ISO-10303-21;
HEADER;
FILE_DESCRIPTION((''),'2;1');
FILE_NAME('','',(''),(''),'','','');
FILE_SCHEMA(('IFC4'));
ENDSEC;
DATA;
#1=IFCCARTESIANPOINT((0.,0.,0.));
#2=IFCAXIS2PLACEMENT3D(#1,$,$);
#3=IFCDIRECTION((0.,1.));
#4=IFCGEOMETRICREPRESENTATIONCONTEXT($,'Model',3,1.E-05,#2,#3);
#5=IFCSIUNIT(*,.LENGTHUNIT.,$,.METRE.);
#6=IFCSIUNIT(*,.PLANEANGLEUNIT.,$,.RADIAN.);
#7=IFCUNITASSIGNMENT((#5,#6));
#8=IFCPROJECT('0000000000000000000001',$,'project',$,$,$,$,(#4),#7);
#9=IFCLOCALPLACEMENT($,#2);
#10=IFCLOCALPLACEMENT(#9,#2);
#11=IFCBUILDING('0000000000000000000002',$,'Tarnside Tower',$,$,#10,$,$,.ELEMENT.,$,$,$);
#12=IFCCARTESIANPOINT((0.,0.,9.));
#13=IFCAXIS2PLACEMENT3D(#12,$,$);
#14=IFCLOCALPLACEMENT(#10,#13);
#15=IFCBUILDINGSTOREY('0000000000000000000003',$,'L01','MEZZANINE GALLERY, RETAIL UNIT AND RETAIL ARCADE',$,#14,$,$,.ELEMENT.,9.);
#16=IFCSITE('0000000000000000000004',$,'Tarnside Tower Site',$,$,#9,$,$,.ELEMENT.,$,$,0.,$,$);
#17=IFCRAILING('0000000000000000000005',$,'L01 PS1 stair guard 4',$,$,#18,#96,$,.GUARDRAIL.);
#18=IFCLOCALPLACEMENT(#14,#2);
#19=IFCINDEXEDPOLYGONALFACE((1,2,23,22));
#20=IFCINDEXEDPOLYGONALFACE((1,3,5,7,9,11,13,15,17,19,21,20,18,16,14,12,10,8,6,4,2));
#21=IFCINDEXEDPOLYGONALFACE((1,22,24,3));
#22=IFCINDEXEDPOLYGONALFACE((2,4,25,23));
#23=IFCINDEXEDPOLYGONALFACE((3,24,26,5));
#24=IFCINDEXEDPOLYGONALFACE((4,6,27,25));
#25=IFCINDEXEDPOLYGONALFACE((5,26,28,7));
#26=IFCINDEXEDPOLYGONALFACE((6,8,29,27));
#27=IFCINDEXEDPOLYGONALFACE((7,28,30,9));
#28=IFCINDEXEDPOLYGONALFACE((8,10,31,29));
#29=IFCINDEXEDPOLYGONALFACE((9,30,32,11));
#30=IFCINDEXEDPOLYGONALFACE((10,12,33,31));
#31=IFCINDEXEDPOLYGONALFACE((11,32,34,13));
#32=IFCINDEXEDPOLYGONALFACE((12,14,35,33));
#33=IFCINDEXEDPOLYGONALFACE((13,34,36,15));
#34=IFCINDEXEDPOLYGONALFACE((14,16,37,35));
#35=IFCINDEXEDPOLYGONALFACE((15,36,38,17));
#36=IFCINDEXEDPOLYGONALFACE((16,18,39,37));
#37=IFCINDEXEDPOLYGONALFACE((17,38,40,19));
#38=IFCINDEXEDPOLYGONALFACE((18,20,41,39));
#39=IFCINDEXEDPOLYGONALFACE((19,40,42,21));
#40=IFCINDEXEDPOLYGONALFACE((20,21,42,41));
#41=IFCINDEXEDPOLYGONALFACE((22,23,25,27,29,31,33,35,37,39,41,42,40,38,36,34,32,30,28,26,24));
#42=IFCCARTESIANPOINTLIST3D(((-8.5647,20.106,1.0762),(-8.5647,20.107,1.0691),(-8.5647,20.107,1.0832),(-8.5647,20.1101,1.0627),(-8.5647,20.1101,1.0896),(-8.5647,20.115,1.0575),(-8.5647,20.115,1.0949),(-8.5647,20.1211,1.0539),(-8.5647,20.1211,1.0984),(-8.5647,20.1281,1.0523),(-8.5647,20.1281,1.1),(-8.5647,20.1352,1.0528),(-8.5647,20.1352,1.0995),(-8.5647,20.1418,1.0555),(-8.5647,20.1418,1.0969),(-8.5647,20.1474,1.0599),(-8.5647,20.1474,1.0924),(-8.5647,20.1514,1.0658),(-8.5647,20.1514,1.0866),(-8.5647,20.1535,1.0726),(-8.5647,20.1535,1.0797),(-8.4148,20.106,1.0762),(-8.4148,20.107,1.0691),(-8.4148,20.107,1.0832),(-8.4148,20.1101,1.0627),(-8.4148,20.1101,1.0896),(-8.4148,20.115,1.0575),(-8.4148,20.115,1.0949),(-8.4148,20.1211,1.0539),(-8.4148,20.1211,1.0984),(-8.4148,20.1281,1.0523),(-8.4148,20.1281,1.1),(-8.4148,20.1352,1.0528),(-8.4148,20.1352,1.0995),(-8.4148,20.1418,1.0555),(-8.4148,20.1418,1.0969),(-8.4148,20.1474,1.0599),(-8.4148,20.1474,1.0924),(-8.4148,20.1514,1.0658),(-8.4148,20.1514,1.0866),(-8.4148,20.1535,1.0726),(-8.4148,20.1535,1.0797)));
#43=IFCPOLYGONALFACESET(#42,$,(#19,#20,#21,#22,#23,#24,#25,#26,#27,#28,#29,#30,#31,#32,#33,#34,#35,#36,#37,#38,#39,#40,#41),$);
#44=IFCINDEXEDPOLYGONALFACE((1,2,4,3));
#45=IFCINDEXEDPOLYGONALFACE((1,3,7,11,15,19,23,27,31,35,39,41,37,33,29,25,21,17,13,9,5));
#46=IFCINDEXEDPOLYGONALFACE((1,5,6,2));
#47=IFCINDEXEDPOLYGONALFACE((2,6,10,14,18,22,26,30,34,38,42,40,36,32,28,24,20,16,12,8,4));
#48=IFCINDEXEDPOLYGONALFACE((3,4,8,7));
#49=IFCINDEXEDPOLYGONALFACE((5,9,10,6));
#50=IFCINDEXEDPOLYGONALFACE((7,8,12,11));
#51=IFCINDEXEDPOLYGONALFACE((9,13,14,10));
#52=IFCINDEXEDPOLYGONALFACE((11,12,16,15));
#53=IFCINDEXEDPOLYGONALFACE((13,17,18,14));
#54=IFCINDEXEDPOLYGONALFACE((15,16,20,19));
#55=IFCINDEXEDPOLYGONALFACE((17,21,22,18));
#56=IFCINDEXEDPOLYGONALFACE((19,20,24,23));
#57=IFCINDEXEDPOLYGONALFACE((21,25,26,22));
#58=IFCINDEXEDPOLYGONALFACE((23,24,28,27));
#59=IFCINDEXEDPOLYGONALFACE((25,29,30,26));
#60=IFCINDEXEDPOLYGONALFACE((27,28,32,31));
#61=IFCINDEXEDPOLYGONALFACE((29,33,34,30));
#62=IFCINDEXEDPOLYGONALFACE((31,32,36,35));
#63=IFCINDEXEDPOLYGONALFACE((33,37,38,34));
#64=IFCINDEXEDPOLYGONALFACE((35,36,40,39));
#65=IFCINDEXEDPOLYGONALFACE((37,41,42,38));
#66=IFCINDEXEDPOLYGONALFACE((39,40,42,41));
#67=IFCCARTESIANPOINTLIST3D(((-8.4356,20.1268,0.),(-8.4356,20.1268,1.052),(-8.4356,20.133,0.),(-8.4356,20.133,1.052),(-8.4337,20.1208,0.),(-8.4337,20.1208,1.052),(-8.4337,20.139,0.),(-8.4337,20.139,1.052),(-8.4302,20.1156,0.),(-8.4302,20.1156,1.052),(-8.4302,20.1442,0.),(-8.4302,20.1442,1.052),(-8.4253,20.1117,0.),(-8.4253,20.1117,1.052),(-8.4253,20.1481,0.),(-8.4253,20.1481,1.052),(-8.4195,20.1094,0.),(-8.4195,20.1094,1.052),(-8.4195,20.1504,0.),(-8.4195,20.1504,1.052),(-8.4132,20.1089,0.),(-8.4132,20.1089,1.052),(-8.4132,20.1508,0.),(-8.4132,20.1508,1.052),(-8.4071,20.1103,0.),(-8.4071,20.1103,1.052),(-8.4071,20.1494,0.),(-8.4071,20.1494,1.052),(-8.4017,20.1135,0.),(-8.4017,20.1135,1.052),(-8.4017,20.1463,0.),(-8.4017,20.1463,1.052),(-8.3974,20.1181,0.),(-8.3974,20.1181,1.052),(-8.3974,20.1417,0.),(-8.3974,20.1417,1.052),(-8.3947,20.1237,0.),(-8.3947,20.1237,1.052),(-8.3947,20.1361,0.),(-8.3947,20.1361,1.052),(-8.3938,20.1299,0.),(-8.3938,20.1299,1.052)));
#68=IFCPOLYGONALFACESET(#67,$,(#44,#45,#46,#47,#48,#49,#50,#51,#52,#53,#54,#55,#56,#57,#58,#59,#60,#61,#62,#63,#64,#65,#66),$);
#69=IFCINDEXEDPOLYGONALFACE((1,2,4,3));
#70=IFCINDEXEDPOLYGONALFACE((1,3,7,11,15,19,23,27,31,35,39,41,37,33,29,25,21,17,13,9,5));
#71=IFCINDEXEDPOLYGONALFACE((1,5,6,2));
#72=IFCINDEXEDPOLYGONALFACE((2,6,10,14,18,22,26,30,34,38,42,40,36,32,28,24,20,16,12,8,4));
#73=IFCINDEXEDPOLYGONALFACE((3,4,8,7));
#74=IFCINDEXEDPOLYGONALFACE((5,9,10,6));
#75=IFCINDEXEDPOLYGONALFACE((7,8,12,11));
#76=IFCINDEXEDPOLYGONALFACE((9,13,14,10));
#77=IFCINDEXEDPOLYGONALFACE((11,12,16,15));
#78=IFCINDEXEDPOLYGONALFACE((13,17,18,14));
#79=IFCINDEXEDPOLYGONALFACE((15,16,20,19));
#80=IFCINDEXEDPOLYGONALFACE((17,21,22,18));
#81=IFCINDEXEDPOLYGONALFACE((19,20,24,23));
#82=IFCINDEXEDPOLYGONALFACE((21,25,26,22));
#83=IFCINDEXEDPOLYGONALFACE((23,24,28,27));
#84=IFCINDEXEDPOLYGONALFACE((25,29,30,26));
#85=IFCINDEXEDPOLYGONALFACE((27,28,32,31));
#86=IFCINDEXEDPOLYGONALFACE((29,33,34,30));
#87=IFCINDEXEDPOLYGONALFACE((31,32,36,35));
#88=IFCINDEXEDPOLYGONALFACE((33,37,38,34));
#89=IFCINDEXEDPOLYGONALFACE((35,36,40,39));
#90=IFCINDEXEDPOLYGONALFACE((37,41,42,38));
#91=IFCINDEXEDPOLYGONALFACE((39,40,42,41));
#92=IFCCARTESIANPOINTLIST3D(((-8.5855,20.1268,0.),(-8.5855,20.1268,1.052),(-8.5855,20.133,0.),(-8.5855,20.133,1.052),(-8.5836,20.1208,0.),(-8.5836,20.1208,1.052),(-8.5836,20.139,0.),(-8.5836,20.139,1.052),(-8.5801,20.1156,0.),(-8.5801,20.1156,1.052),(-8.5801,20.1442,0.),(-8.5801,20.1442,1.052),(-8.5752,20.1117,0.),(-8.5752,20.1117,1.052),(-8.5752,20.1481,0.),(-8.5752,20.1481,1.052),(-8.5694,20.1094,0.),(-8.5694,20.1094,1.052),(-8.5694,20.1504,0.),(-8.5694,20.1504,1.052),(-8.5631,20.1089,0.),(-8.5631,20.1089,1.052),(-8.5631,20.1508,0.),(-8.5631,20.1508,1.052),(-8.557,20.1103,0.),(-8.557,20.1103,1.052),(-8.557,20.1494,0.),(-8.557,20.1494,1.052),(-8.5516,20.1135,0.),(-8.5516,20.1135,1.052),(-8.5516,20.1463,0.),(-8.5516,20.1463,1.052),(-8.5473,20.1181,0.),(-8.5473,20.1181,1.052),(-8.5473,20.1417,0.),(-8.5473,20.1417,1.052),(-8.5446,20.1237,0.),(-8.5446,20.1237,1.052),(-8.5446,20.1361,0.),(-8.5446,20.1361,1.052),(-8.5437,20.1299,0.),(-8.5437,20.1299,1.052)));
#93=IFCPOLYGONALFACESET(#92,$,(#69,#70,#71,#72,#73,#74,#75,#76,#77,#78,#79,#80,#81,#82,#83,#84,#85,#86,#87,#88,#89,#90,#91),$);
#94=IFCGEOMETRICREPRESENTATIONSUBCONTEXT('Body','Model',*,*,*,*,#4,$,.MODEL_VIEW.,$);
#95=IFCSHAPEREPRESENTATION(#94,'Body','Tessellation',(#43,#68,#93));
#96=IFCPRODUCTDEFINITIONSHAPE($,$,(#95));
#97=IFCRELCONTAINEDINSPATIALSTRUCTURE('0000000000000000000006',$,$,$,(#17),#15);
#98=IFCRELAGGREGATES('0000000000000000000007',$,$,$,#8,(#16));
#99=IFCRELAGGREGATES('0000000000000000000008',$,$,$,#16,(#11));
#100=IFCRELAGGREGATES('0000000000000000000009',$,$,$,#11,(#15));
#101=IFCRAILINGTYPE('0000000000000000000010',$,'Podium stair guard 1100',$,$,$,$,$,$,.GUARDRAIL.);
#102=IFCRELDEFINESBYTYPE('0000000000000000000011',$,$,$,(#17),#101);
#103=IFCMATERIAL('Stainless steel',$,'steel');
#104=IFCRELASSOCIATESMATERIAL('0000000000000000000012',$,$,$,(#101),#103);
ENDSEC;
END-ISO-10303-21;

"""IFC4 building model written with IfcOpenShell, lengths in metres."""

from ifc_helpers import new_model, si_unit, direction, frame, origin, origin_2d, place, context, subcontext, project, spatial, circle, extrude, material, type_object, element, save


model = new_model("IFC4")

# Units and contexts
model_context = context("Model", 3, precision=1e-05, world=origin(), true_north=direction((0.0, 1.0)))
body_context = subcontext(model_context, "Body", "Model", "MODEL_VIEW")
ifc_project = project(units=[si_unit("LENGTHUNIT", "METRE"), si_unit("PLANEANGLEUNIT", "RADIAN")], contexts=[model_context])

# Site, building, storey
site_placement = place(None, origin())
site = spatial("IfcSite", under=ifc_project, at=site_placement, Name="Tarnside Tower Site", CompositionType="ELEMENT", RefElevation=0.0)
building_placement = place(site_placement, origin())
building = spatial("IfcBuilding", under=site, at=building_placement, Name="Tarnside Tower", CompositionType="ELEMENT")
storey_placement = place(building_placement, frame((0.0, 0.0, 9.0)))
storey = spatial("IfcBuildingStorey", under=building, at=storey_placement, Name="L01", Description="MEZZANINE GALLERY, RETAIL UNIT AND RETAIL ARCADE", CompositionType="ELEMENT", Elevation=9.0)

# Railing
ifc_material_1 = material(Name="Stainless steel", Category="steel")
railing_type_1 = type_object("IfcRailingType", Name="Podium stair guard 1100", PredefinedType="GUARDRAIL", material=ifc_material_1)
railing_1_placement = place(storey_placement, frame((-8.4148, 20.1299, 0.0)))
element("IfcRailing", 1, at=railing_1_placement, inside=storey, type_object=railing_type_1, Name="L01 PS1 stair guard 4", PredefinedType="GUARDRAIL", context=body_context, shape_type="SweptSolid", body=[
    extrude(circle(Radius=0.0239, at=origin_2d()), frame((0.0, 0.0, 1.0762), z_axis=(-1.0, 0.0, 0.0), x_axis=(0.0, -1.0, 0.0)), (0.0, 0.0, 1.0), 0.1499),
    extrude(circle(Radius=0.021, at=origin_2d()), origin(), (0.0, 0.0, 1.0), 1.052),
    extrude(circle(Radius=0.021, at=origin_2d()), frame((-0.1499, 0.0, 0.0)), (0.0, 0.0, 1.0), 1.052),
])

save(model, "model.ifc")
